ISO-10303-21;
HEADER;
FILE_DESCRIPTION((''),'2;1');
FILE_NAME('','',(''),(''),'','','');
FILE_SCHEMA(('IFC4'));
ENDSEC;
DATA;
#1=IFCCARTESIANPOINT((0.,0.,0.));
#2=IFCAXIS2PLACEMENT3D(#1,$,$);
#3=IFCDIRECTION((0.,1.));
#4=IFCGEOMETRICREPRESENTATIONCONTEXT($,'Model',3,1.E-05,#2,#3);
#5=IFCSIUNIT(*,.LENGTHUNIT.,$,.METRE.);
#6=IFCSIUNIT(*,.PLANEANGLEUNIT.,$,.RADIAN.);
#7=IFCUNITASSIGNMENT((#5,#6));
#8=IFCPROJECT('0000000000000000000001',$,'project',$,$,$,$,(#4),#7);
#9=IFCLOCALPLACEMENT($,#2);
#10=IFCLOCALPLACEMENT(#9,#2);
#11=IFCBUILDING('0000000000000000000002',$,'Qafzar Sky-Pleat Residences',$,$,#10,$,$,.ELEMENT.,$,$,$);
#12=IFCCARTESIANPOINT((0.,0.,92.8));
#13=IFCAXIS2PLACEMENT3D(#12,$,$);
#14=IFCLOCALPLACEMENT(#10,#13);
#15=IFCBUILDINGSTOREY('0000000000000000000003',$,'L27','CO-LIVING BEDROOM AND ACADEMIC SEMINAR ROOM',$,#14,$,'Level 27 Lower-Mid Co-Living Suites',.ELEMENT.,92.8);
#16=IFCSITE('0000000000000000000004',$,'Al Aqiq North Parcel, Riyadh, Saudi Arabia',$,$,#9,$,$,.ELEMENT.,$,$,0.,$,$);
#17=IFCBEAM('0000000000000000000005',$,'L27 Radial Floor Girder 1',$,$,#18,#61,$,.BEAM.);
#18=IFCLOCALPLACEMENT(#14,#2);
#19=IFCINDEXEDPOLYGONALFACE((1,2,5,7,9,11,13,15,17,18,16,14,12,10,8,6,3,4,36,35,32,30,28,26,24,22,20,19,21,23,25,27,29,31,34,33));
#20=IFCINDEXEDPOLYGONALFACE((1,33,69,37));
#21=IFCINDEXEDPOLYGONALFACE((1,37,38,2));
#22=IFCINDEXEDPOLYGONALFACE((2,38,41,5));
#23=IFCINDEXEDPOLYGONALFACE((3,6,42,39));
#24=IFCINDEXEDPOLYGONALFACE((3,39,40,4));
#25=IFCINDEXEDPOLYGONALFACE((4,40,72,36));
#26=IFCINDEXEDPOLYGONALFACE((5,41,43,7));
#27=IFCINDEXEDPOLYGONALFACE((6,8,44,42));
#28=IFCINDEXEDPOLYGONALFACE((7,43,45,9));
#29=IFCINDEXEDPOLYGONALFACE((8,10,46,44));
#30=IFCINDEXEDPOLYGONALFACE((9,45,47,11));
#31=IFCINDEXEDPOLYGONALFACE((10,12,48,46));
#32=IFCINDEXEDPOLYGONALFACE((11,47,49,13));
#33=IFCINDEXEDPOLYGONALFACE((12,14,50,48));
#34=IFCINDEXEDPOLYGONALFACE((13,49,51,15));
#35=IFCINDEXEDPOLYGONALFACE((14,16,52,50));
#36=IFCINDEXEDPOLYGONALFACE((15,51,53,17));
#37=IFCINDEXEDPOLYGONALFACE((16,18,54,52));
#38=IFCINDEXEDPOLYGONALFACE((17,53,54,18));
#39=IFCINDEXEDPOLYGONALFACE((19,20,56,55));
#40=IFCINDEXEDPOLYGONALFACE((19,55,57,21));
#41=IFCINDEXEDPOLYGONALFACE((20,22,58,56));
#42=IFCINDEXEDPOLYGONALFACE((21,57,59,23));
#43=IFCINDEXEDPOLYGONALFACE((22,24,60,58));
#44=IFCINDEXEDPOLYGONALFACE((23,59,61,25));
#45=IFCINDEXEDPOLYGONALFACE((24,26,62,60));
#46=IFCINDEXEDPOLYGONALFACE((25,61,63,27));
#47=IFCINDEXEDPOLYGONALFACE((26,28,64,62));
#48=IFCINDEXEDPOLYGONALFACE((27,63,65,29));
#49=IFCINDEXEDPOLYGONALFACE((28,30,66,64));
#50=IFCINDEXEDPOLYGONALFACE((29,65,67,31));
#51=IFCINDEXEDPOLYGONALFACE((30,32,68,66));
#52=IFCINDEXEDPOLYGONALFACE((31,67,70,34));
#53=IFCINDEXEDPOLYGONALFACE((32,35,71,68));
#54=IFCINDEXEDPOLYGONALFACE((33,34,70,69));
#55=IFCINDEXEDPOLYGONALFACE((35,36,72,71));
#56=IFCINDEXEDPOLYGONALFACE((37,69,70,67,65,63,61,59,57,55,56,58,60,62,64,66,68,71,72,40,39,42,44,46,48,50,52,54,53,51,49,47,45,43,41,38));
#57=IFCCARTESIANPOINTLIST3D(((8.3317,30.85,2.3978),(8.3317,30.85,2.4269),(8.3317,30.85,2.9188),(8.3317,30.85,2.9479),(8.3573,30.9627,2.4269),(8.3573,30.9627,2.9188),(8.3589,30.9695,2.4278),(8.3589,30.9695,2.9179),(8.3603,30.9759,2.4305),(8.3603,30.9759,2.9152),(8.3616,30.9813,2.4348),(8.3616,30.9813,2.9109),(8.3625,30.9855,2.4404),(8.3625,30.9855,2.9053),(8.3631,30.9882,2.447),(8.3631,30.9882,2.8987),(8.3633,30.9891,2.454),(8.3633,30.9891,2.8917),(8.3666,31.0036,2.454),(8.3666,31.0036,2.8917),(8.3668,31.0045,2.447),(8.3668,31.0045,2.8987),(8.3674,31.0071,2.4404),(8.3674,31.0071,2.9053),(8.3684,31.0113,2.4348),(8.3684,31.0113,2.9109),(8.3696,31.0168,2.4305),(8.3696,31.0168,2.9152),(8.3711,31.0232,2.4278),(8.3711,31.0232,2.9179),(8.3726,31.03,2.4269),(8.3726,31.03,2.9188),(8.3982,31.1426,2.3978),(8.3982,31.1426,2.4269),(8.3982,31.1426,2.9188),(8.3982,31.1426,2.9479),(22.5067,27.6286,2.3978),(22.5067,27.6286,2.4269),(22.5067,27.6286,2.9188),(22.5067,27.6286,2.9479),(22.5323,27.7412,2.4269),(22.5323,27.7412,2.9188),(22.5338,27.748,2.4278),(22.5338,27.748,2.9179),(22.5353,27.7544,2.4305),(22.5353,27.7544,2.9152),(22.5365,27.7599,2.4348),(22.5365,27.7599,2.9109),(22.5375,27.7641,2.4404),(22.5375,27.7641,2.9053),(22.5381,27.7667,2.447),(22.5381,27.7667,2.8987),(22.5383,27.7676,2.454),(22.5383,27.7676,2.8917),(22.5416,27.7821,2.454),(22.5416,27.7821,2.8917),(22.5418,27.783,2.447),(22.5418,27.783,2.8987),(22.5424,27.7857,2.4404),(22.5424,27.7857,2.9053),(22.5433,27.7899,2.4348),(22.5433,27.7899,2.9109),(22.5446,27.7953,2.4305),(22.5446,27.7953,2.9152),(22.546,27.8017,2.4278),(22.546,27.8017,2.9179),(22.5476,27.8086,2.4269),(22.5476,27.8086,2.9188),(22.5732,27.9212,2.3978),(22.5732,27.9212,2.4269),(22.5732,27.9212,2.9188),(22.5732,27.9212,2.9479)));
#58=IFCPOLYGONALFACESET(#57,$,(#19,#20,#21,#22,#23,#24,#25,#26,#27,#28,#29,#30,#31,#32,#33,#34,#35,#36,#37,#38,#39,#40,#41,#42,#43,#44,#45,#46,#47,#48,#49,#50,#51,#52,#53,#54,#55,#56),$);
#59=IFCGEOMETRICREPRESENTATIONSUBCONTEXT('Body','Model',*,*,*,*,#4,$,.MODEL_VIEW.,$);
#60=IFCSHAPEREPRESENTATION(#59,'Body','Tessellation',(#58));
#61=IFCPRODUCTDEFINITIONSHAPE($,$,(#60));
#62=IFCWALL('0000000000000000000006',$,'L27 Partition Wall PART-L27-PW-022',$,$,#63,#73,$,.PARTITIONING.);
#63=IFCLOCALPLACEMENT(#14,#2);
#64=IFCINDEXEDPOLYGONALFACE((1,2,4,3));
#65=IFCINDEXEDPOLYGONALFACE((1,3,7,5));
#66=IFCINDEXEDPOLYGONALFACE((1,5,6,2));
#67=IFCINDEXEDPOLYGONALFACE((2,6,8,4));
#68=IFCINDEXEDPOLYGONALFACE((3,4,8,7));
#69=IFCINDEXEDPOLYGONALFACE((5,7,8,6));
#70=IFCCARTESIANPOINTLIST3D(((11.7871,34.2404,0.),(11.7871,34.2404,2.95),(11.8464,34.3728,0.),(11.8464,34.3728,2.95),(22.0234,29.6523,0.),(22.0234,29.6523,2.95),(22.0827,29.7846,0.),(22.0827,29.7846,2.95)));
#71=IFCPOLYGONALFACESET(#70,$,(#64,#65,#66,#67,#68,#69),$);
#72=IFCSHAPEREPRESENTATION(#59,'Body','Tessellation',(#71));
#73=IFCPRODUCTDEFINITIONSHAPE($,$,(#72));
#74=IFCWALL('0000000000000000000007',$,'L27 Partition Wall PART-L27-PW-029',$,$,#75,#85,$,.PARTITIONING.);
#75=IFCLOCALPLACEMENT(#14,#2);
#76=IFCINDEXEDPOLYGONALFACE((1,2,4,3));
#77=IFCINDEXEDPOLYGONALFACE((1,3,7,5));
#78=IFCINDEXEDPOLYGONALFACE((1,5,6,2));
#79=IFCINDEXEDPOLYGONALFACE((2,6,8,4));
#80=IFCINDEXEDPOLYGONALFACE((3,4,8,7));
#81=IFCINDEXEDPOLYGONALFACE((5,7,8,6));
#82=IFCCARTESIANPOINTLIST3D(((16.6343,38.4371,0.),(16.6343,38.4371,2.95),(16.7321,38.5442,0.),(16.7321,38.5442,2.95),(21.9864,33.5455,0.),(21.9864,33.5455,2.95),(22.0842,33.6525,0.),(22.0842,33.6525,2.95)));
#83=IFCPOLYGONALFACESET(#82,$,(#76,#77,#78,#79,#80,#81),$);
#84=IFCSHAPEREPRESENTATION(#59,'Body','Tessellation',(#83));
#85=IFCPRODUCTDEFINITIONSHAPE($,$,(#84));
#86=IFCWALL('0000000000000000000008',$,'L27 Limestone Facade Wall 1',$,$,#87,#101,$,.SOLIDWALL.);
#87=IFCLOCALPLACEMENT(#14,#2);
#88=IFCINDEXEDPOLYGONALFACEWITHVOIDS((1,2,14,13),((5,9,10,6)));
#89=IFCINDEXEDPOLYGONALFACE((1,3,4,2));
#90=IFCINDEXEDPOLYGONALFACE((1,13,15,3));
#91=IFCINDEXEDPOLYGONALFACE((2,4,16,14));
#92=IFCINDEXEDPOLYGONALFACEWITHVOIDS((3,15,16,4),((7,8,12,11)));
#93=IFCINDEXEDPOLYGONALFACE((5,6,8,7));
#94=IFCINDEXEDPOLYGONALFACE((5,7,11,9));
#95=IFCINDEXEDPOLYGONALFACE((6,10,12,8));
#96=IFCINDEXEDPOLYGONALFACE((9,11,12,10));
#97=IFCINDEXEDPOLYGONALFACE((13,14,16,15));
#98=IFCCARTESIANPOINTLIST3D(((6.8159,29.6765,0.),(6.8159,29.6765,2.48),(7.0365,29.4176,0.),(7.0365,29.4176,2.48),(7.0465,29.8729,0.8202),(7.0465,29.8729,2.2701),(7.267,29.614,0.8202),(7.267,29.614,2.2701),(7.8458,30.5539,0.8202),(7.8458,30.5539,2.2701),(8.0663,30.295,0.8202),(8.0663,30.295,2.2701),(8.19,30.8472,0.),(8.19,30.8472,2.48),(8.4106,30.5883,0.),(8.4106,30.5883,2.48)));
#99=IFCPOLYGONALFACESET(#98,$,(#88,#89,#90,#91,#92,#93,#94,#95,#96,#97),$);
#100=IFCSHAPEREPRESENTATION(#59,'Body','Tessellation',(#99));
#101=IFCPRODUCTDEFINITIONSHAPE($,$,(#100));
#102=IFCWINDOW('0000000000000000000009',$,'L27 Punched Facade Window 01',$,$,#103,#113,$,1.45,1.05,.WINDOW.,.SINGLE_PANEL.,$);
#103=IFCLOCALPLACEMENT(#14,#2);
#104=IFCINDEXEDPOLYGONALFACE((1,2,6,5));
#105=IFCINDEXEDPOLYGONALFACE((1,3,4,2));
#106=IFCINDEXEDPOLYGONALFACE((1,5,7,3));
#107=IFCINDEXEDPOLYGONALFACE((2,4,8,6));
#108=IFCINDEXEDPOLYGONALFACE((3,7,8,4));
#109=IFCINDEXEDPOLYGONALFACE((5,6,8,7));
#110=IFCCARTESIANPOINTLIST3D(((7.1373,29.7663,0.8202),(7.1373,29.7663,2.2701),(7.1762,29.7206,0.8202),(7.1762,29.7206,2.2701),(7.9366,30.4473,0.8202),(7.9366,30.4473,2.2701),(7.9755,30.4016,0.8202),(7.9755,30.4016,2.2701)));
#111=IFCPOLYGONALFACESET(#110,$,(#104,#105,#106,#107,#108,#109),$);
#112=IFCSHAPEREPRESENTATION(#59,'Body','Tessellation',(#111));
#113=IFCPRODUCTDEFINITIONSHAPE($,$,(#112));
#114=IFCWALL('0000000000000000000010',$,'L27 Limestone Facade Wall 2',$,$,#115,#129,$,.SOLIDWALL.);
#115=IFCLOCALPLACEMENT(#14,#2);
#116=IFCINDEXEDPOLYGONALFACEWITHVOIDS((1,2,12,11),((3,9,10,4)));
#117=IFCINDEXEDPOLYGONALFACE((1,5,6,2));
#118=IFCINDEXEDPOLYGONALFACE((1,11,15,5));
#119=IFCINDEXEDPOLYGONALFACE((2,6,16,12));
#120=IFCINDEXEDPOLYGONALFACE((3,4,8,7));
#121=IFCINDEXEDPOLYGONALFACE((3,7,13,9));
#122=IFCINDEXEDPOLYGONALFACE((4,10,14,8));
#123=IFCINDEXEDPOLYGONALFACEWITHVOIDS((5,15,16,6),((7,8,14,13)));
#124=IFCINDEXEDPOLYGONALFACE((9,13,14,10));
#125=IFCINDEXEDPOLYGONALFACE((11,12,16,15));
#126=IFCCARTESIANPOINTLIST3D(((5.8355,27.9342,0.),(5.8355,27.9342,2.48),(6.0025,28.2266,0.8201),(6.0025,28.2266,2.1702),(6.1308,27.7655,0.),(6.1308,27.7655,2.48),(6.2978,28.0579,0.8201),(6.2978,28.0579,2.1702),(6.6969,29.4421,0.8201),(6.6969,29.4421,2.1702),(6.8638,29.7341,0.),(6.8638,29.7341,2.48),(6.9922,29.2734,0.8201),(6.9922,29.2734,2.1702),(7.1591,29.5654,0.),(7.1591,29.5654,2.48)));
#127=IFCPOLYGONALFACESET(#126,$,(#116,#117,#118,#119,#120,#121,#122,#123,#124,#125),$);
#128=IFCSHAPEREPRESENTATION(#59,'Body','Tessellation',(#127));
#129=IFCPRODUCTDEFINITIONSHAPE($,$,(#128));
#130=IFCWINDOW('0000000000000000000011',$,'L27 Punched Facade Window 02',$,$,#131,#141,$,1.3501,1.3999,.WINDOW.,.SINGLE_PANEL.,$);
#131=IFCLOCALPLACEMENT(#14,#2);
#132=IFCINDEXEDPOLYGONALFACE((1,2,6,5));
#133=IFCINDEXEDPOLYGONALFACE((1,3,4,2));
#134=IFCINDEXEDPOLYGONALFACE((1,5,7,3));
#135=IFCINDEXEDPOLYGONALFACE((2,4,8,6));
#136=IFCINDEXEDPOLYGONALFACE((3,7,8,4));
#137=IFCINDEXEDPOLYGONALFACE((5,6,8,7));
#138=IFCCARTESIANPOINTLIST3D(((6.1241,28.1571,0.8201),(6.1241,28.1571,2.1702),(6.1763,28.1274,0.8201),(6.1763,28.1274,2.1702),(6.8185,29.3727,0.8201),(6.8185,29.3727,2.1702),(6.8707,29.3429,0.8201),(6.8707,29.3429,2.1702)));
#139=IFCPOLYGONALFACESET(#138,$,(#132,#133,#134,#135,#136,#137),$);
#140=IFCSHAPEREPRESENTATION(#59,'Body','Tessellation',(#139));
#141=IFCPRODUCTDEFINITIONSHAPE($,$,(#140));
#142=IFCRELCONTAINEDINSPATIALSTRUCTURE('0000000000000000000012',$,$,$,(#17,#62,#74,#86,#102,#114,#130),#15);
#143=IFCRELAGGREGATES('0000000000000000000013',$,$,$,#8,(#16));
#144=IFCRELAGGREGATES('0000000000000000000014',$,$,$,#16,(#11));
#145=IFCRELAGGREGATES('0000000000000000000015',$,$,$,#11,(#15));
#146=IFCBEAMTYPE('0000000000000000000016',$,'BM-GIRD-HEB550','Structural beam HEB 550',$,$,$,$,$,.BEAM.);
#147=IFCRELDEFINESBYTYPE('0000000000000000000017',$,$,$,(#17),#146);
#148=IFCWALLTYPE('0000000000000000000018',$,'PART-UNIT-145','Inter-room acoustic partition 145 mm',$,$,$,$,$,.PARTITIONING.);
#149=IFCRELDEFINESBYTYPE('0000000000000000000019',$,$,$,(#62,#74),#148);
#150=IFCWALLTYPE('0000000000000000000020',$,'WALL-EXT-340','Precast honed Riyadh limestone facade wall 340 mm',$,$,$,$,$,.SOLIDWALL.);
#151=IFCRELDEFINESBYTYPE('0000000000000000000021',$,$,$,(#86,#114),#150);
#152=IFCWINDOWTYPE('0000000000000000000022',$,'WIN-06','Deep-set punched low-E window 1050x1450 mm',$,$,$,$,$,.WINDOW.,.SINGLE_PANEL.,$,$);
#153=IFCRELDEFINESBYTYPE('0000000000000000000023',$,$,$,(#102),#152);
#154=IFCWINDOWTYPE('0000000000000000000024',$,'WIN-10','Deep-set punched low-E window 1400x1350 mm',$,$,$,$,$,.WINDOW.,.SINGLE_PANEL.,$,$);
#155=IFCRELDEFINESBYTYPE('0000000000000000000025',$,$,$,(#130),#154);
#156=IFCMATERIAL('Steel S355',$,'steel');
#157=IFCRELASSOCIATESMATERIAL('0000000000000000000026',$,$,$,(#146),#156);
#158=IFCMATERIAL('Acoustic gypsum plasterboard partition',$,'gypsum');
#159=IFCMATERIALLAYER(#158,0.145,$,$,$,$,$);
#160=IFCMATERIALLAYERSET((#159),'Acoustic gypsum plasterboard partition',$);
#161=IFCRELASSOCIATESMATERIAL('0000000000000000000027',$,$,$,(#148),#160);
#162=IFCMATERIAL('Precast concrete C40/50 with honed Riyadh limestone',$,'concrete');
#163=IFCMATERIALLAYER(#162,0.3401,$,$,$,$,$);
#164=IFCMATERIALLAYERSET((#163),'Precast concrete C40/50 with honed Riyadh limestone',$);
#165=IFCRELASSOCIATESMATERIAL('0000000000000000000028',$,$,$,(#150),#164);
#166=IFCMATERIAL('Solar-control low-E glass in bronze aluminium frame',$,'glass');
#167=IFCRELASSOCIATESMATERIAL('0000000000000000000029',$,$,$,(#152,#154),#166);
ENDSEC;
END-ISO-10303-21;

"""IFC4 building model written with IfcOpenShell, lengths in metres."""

from ifc_helpers import new_model, si_unit, direction, frame, frame_2d, origin, origin_2d, place, context, subcontext, project, spatial, rectangle, i_section, extrude, source, transform, mapped, material, layer, layer_set, material_profile, profile_set, type_object, element, fill, save


model = new_model("IFC4")

# Units and contexts
model_context = context("Model", 3, precision=1e-05, world=origin(), true_north=direction((0.0, 1.0)))
body_context = subcontext(model_context, "Body", "Model", "MODEL_VIEW")
ifc_project = project(units=[si_unit("LENGTHUNIT", "METRE"), si_unit("PLANEANGLEUNIT", "RADIAN")], contexts=[model_context])

# Site, building, storey
site_placement = place(None, origin())
site = spatial("IfcSite", under=ifc_project, at=site_placement, Name="Al Aqiq North Parcel, Riyadh, Saudi Arabia", CompositionType="ELEMENT", RefElevation=0.0)
building_placement = place(site_placement, origin())
building = spatial("IfcBuilding", under=site, at=building_placement, Name="Qafzar Sky-Pleat Residences", CompositionType="ELEMENT")
storey_placement = place(building_placement, frame((0.0, 0.0, 92.8)))
storey = spatial("IfcBuildingStorey", under=building, at=storey_placement, Name="L27", Description="CO-LIVING BEDROOM AND ACADEMIC SEMINAR ROOM", LongName="Level 27 Lower-Mid Co-Living Suites", CompositionType="ELEMENT", Elevation=92.8)

# Beam
ifc_material_1 = material(Name="Steel S355", Category="steel")
ifc_material_profile_1 = material_profile(ifc_material_1, i_section(OverallWidth=0.3, OverallDepth=0.55, WebThickness=0.0149, FlangeThickness=0.0291, FilletRadius=0.0271, at=origin_2d()), Name="HEB 550")
ifc_profile_set_1 = profile_set([ifc_material_profile_1], Name="Steel S355")
beam_type_1 = type_object("IfcBeamType", Name="BM-GIRD-HEB550", Description="Structural beam HEB 550", PredefinedType="BEAM", material=ifc_profile_set_1)
shared_shape_1 = source(origin(), body_context, "Body", "SweptSolid", [
    extrude(i_section(OverallWidth=0.3, OverallDepth=0.55, WebThickness=0.0149, FlangeThickness=0.0291, FilletRadius=0.0271, at=origin_2d()), origin(), (0.0, 0.0, 1.0), 14.5364),
])
beam_1_placement = place(storey_placement, frame((8.365, 30.9963, 2.6729), z_axis=(0.975135, -0.221614, 0.0), x_axis=(0.221614, 0.975135, 0.0)))
element("IfcBeam", 1, at=beam_1_placement, inside=storey, type_object=beam_type_1, Name="L27 Radial Floor Girder 1", PredefinedType="BEAM", context=body_context, shape_type="MappedRepresentation", body=[
    mapped(shared_shape_1, transform((0.0, 0.0, 0.0), x_axis=(1.0, 0.0, 0.0), y_axis=(0.0, 1.0, 0.0), z_axis=(0.0, 0.0, 1.0), scale=1.0)),
])

# Walls
ifc_material_2 = material(Name="Acoustic gypsum plasterboard partition", Category="gypsum")
ifc_layer_1 = layer(ifc_material_2, 0.145)
ifc_layer_set_1 = layer_set([ifc_layer_1], Name="Acoustic gypsum plasterboard partition")
wall_type_1 = type_object("IfcWallType", Name="PART-UNIT-145", Description="Inter-room acoustic partition 145 mm", PredefinedType="PARTITIONING", material=ifc_layer_set_1)
wall_1_placement = place(storey_placement, frame((11.8167, 34.3066, 0.0), z_axis=(0.0, 0.0, 1.0), x_axis=(0.912528, -0.409014, 0.0)))
element("IfcWall", 2, at=wall_1_placement, inside=storey, type_object=wall_type_1, Name="L27 Partition Wall PART-L27-PW-022", PredefinedType="PARTITIONING", context=body_context, shape_type="SweptSolid", body=[
    extrude(rectangle(XDim=11.2175, YDim=0.145, at=frame_2d((5.6089, 0.0))), origin(), (0.0, 0.0, 1.0), 2.95),
])
wall_2_placement = place(storey_placement, frame((16.6831, 38.4907, 0.0), z_axis=(0.0, 0.0, 1.0), x_axis=(0.738146, -0.674641, 0.0)))
element("IfcWall", 3, at=wall_2_placement, inside=storey, type_object=wall_type_1, Name="L27 Partition Wall PART-L27-PW-029", PredefinedType="PARTITIONING", context=body_context, shape_type="SweptSolid", body=[
    extrude(rectangle(XDim=7.2507, YDim=0.145, at=frame_2d((3.6255, 0.0))), origin(), (0.0, 0.0, 1.0), 2.95),
])

# Walls, openings, windows
ifc_material_3 = material(Name="Precast concrete C40/50 with honed Riyadh limestone", Category="concrete")
ifc_layer_2 = layer(ifc_material_3, 0.3401)
ifc_layer_set_2 = layer_set([ifc_layer_2], Name="Precast concrete C40/50 with honed Riyadh limestone")
wall_type_2 = type_object("IfcWallType", Name="WALL-EXT-340", Description="Precast honed Riyadh limestone facade wall 340 mm", PredefinedType="SOLIDWALL", material=ifc_layer_set_2)
wall_3_placement = place(storey_placement, frame((8.3003, 30.7178, 0.0), z_axis=(0.0, 0.0, 1.0), x_axis=(-0.761191, -0.648527, 0.0)))
wall_3 = element("IfcWall", 4, at=wall_3_placement, inside=storey, type_object=wall_type_2, Name="L27 Limestone Facade Wall 1", PredefinedType="SOLIDWALL", context=body_context, shape_type="SweptSolid", body=[
    extrude(rectangle(XDim=1.8052, YDim=0.3401, at=frame_2d((0.9026, 0.0))), origin(), (0.0, 0.0, 1.0), 2.48),
])
opening_1_placement = place(wall_3_placement, frame((0.4524, 0.0, 0.8201)))
opening_1 = element("IfcOpeningElement", 5, at=opening_1_placement, cuts=wall_3, PredefinedType="OPENING", context=body_context, shape_type="SweptSolid", body=[
    extrude(rectangle(XDim=1.05, YDim=1.45, at=frame_2d((0.5249, 0.7251))), frame((0.0, 0.1802, 0.0), z_axis=(0.0, -1.0, 0.0), x_axis=(1.0, 0.0, 0.0)), (0.0, 0.0, 1.0), 0.3601),
])
ifc_material_4 = material(Name="Solar-control low-E glass in bronze aluminium frame", Category="glass")
window_type_1 = type_object("IfcWindowType", Name="WIN-06", Description="Deep-set punched low-E window 1050x1450 mm", PartitioningType="SINGLE_PANEL", PredefinedType="WINDOW", material=ifc_material_4)
shared_shape_2 = source(origin(), body_context, "Body", "SweptSolid", [
    extrude(rectangle(XDim=1.05, YDim=1.45, at=frame_2d((0.5249, 0.7251))), frame((0.0, 0.03, 0.0), z_axis=(0.0, -1.0, 0.0), x_axis=(1.0, 0.0, 0.0)), (0.0, 0.0, 1.0), 0.0601),
])
window_1_placement = place(opening_1_placement, origin())
window_1 = element("IfcWindow", 6, at=window_1_placement, inside=storey, type_object=window_type_1, Name="L27 Punched Facade Window 01", OverallHeight=1.45, OverallWidth=1.05, PartitioningType="SINGLE_PANEL", PredefinedType="WINDOW", context=body_context, shape_type="MappedRepresentation", body=[
    mapped(shared_shape_2, transform((0.0, 0.0, 0.0), x_axis=(1.0, 0.0, 0.0), y_axis=(0.0, 1.0, 0.0), z_axis=(0.0, 0.0, 1.0), scale=1.0)),
])
fill(opening_1, window_1)
wall_4_placement = place(storey_placement, frame((7.0115, 29.6499, 0.0), z_axis=(0.0, 0.0, 1.0), x_axis=(-0.496037, -0.868301, 0.0)))
wall_4 = element("IfcWall", 7, at=wall_4_placement, inside=storey, type_object=wall_type_2, Name="L27 Limestone Facade Wall 2", PredefinedType="SOLIDWALL", context=body_context, shape_type="SweptSolid", body=[
    extrude(rectangle(XDim=2.073, YDim=0.3401, at=frame_2d((1.0366, 0.0))), origin(), (0.0, 0.0, 1.0), 2.48),
])
opening_2_placement = place(wall_4_placement, frame((0.3364, 0.0, 0.8201)))
opening_2 = element("IfcOpeningElement", 8, at=opening_2_placement, cuts=wall_4, PredefinedType="OPENING", context=body_context, shape_type="SweptSolid", body=[
    extrude(rectangle(XDim=1.3999, YDim=1.3501, at=frame_2d((0.7, 0.675))), frame((0.0, 0.1802, 0.0), z_axis=(0.0, -1.0, 0.0), x_axis=(1.0, 0.0, 0.0)), (0.0, 0.0, 1.0), 0.3601),
])
window_type_2 = type_object("IfcWindowType", Name="WIN-10", Description="Deep-set punched low-E window 1400x1350 mm", PartitioningType="SINGLE_PANEL", PredefinedType="WINDOW", material=ifc_material_4)
shared_shape_3 = source(origin(), body_context, "Body", "SweptSolid", [
    extrude(rectangle(XDim=1.3999, YDim=1.3501, at=frame_2d((0.7, 0.675))), frame((0.0, 0.03, 0.0), z_axis=(0.0, -1.0, 0.0), x_axis=(1.0, 0.0, 0.0)), (0.0, 0.0, 1.0), 0.0601),
])
window_2_placement = place(opening_2_placement, origin())
window_2 = element("IfcWindow", 9, at=window_2_placement, inside=storey, type_object=window_type_2, Name="L27 Punched Facade Window 02", OverallHeight=1.3501, OverallWidth=1.3999, PartitioningType="SINGLE_PANEL", PredefinedType="WINDOW", context=body_context, shape_type="MappedRepresentation", body=[
    mapped(shared_shape_3, transform((0.0, 0.0, 0.0), x_axis=(1.0, 0.0, 0.0), y_axis=(0.0, 1.0, 0.0), z_axis=(0.0, 0.0, 1.0), scale=1.0)),
])
fill(opening_2, window_2)

save(model, "model.ifc")
